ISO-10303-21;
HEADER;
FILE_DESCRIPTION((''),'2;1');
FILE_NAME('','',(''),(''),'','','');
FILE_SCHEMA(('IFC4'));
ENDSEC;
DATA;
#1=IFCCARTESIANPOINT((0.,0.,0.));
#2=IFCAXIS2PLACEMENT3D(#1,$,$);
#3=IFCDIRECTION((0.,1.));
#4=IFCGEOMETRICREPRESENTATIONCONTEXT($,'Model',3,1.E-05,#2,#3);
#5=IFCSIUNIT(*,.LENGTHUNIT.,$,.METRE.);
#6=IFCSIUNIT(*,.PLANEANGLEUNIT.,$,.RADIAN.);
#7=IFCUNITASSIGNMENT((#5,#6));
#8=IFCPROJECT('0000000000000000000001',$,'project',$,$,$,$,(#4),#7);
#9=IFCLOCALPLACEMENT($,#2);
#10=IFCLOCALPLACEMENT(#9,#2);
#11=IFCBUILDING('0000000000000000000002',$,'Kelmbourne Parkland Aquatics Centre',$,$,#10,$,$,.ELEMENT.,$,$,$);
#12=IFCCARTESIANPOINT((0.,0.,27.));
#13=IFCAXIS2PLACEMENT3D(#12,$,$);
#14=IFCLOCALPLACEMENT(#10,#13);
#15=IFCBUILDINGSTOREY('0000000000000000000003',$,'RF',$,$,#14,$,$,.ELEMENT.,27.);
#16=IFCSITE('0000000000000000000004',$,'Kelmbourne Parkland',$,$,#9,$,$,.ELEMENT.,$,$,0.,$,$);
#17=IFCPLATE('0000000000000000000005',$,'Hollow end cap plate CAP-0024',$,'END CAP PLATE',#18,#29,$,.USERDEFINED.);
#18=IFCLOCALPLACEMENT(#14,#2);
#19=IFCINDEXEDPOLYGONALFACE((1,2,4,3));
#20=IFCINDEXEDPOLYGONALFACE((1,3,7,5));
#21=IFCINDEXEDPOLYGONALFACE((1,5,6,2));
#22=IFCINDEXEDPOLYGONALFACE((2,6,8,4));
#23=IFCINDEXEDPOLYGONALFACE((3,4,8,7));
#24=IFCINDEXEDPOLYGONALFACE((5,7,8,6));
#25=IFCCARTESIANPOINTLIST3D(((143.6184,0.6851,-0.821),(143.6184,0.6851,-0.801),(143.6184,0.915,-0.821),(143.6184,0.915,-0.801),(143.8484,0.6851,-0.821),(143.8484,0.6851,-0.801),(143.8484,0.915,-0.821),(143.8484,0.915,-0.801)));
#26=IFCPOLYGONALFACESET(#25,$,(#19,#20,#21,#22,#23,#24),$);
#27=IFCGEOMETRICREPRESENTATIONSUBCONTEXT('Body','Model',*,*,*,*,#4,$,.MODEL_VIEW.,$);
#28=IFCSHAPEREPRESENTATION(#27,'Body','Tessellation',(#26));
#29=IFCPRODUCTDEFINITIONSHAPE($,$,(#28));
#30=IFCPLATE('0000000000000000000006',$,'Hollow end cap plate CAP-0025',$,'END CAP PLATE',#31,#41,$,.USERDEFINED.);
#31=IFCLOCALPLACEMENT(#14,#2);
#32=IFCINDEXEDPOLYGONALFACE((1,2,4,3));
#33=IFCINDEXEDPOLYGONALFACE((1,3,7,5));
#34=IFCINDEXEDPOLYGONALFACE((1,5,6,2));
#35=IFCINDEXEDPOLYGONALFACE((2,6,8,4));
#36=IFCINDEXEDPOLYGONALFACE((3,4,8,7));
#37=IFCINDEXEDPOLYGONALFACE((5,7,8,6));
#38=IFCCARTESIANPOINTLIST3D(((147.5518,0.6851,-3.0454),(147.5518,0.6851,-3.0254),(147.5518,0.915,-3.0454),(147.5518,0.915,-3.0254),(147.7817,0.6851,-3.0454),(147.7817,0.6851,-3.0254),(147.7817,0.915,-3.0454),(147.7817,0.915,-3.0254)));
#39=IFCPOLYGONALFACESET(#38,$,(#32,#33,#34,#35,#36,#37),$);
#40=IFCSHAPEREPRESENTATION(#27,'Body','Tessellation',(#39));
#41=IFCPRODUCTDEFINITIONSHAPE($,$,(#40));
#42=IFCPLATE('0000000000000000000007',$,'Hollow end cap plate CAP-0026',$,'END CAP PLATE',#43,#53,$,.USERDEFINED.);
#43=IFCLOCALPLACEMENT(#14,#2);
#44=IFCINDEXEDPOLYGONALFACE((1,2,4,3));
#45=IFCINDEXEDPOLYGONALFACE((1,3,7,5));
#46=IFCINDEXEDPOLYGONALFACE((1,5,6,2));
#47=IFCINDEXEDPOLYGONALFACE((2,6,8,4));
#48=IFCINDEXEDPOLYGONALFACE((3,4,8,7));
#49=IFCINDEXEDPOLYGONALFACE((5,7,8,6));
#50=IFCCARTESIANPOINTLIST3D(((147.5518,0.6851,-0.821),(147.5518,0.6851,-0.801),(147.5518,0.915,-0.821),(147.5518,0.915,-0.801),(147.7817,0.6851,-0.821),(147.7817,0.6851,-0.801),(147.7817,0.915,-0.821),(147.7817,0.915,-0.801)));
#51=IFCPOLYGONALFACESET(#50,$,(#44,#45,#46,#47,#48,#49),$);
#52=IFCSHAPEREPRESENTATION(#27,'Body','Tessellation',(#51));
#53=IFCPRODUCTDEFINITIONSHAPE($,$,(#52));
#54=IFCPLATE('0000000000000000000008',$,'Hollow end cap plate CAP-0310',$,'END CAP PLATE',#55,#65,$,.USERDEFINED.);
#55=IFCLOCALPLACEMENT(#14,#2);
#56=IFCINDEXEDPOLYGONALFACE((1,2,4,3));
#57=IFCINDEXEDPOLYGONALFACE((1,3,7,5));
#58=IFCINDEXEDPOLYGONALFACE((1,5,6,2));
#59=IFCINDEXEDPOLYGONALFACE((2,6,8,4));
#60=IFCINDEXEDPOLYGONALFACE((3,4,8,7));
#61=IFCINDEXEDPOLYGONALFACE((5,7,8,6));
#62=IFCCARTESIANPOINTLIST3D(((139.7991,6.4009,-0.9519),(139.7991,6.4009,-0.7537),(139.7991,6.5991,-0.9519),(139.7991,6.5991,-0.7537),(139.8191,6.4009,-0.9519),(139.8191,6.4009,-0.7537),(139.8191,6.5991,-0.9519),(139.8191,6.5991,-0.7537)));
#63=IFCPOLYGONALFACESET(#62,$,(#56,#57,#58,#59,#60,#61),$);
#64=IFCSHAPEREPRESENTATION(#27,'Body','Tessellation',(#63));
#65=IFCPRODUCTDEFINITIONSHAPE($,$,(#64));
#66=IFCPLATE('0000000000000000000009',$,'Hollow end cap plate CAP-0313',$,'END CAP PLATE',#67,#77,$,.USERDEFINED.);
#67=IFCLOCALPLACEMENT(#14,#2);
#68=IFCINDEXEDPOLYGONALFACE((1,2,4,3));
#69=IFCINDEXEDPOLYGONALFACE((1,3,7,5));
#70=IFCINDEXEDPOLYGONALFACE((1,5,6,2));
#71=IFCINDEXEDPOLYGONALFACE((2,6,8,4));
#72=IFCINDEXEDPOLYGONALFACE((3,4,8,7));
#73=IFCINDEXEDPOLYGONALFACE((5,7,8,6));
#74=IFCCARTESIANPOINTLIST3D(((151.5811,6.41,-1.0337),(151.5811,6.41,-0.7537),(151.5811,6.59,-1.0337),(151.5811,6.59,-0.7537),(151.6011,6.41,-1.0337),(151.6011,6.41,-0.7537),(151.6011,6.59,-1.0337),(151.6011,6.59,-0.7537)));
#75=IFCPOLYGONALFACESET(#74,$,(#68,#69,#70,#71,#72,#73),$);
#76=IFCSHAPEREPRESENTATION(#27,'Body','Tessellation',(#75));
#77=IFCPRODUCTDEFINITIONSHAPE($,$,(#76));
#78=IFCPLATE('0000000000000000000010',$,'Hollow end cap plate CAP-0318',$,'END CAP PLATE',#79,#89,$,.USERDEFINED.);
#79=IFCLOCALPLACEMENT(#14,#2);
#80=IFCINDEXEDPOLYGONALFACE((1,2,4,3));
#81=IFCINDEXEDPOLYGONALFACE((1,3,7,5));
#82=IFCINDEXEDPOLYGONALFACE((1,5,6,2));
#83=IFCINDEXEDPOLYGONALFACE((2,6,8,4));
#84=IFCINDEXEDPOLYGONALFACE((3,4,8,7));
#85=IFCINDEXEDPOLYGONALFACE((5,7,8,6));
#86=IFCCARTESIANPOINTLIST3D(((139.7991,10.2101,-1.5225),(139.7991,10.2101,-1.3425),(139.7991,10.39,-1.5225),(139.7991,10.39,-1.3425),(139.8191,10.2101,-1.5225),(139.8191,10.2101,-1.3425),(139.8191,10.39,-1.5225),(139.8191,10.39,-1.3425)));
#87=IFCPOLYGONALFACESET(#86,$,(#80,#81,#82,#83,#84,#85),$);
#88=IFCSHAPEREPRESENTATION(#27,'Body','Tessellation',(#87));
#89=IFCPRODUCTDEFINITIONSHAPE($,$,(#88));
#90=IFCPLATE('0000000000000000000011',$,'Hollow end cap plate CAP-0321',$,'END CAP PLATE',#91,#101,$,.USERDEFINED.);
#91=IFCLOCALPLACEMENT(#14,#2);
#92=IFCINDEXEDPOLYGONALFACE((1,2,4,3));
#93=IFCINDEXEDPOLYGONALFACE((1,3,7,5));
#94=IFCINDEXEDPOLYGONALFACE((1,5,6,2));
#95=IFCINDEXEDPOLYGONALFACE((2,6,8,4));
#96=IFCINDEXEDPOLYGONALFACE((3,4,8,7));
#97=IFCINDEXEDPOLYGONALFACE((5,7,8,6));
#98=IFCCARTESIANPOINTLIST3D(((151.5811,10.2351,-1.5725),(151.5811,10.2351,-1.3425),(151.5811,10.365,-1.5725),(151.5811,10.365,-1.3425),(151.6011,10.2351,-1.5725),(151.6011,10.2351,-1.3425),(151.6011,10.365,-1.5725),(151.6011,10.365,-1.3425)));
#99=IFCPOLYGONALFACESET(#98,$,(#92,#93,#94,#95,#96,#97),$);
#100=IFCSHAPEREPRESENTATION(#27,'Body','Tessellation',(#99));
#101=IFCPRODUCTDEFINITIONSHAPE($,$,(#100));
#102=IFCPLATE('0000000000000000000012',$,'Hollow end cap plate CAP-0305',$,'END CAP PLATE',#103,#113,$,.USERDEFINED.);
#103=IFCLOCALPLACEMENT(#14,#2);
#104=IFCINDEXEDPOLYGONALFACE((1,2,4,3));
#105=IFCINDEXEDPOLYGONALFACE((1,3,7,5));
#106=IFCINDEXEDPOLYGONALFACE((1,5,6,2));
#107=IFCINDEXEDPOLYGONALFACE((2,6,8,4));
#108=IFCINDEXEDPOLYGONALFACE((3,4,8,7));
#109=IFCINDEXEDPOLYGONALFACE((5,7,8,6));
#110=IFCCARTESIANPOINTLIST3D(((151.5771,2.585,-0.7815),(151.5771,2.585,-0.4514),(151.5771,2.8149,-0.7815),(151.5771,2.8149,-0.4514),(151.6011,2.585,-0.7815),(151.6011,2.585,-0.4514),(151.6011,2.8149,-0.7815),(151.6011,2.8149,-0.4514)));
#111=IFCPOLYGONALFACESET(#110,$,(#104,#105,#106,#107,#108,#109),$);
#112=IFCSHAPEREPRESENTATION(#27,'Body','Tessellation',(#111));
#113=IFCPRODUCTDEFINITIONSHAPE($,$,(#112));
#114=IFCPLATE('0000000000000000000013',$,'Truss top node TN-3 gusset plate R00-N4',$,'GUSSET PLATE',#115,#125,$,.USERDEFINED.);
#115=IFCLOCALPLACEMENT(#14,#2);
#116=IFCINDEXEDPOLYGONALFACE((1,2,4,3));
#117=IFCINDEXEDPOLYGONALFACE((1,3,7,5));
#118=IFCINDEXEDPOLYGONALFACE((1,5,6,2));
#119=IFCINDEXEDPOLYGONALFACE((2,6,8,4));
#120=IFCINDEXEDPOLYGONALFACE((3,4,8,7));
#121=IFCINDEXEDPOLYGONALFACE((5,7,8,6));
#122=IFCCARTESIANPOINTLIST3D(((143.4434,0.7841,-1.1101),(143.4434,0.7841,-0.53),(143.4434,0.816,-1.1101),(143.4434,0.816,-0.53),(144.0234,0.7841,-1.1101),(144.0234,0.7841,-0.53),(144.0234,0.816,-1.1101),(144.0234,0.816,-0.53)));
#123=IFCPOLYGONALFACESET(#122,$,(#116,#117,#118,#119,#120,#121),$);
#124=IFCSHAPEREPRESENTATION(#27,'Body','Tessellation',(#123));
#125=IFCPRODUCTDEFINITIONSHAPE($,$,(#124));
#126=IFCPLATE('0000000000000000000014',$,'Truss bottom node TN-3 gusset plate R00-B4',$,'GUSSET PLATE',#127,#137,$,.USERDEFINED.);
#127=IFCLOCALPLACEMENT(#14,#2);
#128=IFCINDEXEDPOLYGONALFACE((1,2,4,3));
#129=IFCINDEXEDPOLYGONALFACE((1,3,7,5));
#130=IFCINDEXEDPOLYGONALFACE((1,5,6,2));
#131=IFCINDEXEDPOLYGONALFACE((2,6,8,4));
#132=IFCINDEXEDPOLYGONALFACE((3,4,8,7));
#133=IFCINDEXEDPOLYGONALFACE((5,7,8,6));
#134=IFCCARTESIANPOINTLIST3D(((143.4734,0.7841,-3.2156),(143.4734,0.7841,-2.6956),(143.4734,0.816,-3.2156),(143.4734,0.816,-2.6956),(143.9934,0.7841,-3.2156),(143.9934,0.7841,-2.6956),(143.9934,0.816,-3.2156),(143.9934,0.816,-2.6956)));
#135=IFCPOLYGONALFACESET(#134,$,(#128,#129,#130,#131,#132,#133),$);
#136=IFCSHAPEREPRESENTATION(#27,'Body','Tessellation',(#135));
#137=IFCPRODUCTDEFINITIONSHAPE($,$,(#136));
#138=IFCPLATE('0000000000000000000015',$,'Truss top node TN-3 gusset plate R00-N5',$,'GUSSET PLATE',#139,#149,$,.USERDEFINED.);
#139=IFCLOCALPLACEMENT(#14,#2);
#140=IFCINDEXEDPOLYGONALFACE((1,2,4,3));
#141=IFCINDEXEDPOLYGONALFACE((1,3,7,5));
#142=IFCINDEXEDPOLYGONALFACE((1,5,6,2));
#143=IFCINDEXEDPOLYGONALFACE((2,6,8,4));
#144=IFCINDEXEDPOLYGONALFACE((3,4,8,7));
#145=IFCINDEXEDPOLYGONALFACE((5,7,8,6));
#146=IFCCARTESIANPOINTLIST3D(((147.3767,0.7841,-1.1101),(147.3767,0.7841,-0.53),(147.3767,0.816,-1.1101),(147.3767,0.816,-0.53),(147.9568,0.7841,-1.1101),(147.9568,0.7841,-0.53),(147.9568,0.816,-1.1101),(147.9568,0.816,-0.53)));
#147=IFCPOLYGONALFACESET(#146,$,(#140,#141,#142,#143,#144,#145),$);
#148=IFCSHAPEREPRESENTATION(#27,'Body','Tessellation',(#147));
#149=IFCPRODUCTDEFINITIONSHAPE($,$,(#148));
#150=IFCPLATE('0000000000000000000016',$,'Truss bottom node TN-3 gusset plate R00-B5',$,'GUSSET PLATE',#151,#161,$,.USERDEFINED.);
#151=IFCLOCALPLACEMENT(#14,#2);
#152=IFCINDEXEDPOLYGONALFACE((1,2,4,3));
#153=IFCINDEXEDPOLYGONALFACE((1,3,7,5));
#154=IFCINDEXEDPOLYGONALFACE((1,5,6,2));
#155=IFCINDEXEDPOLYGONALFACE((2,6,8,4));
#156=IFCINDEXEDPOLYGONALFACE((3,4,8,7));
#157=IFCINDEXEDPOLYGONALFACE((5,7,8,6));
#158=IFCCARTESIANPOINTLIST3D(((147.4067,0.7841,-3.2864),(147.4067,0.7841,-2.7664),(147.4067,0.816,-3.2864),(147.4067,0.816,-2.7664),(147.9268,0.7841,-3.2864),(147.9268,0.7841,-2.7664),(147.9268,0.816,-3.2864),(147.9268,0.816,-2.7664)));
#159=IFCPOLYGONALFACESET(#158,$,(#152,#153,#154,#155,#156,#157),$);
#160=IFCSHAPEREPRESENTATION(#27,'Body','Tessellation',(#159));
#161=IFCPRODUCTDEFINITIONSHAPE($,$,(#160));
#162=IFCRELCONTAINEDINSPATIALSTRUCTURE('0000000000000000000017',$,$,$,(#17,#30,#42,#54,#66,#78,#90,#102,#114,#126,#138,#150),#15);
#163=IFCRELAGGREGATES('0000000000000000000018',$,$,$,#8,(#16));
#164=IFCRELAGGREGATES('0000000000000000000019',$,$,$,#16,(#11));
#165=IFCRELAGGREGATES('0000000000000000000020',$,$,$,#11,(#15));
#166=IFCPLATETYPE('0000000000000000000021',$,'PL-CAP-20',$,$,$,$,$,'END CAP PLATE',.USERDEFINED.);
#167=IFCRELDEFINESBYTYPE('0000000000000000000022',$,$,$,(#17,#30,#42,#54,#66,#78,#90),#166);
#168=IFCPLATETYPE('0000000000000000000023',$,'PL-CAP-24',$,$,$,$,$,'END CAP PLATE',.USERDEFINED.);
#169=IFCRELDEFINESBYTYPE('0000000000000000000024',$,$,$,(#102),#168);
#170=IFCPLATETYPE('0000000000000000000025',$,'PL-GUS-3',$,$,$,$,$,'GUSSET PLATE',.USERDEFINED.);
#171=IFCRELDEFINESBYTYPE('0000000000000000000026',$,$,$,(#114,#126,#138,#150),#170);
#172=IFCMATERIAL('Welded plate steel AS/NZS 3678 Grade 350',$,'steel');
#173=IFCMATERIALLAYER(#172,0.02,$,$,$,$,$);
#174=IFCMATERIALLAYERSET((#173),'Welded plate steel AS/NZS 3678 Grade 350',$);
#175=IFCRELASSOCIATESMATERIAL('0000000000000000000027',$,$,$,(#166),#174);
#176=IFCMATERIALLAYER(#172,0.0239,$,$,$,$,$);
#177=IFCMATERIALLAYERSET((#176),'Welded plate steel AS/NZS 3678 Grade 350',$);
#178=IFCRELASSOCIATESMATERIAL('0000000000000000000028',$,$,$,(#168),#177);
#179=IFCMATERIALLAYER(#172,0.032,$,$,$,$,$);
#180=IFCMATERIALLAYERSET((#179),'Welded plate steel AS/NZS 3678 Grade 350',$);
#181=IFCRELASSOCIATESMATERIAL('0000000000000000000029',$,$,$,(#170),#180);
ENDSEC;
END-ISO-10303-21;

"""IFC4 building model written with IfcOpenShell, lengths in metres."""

from ifc_helpers import new_model, si_unit, direction, frame, origin, origin_2d, place, context, subcontext, project, spatial, rectangle, extrude, material, layer, layer_set, type_object, element, save


model = new_model("IFC4")

# Units and contexts
model_context = context("Model", 3, precision=1e-05, world=origin(), true_north=direction((0.0, 1.0)))
body_context = subcontext(model_context, "Body", "Model", "MODEL_VIEW")
ifc_project = project(units=[si_unit("LENGTHUNIT", "METRE"), si_unit("PLANEANGLEUNIT", "RADIAN")], contexts=[model_context])

# Site, building, storey
site_placement = place(None, origin())
site = spatial("IfcSite", under=ifc_project, at=site_placement, Name="Kelmbourne Parkland", CompositionType="ELEMENT", RefElevation=0.0)
building_placement = place(site_placement, origin())
building = spatial("IfcBuilding", under=site, at=building_placement, Name="Kelmbourne Parkland Aquatics Centre", CompositionType="ELEMENT")
storey_placement = place(building_placement, frame((0.0, 0.0, 27.0)))
storey = spatial("IfcBuildingStorey", under=building, at=storey_placement, Name="RF", CompositionType="ELEMENT", Elevation=27.0)

# Shared definitions
ifc_material_1 = material(Name="Welded plate steel AS/NZS 3678 Grade 350", Category="steel")

# Plates
ifc_layer_1 = layer(ifc_material_1, 0.02)
ifc_layer_set_1 = layer_set([ifc_layer_1], Name="Welded plate steel AS/NZS 3678 Grade 350")
plate_type_1 = type_object("IfcPlateType", Name="PL-CAP-20", ElementType="END CAP PLATE", PredefinedType="USERDEFINED", material=ifc_layer_set_1)
for number, where, z_axis, x_axis, name in (
    (1, (143.7334, 0.8, -0.821), (0.0, 0.0, 1.0), (1.0, 0.0, 0.0), "Hollow end cap plate CAP-0024"),
    (2, (147.6667, 0.8, -3.0454), (0.0, 0.0, 1.0), (1.0, 0.0, 0.0), "Hollow end cap plate CAP-0025"),
    (3, (147.6667, 0.8, -0.821), (0.0, 0.0, 1.0), (1.0, 0.0, 0.0), "Hollow end cap plate CAP-0026"),
):
    element("IfcPlate", number, at=place(storey_placement, frame(where, z_axis=z_axis, x_axis=x_axis)), inside=storey, type_object=plate_type_1, Name=name, ObjectType="END CAP PLATE", PredefinedType="USERDEFINED", context=body_context, shape_type="SweptSolid", body=[
        extrude(rectangle(XDim=0.23, YDim=0.23, at=origin_2d()), origin(), (0.0, 0.0, 1.0), 0.02),
    ])
plate_1_placement = place(storey_placement, frame((139.8091, 6.5, -0.9519), z_axis=(0.0, 0.0, 1.0), x_axis=(1.0, 0.0, 0.0)))
element("IfcPlate", 4, at=plate_1_placement, inside=storey, type_object=plate_type_1, Name="Hollow end cap plate CAP-0310", ObjectType="END CAP PLATE", PredefinedType="USERDEFINED", context=body_context, shape_type="SweptSolid", body=[
    extrude(rectangle(XDim=0.02, YDim=0.1982, at=origin_2d()), origin(), (0.0, 0.0, 1.0), 0.1982),
])
plate_2_placement = place(storey_placement, frame((151.5911, 6.5, -1.0337), z_axis=(0.0, 0.0, 1.0), x_axis=(-1.0, 0.0, 0.0)))
element("IfcPlate", 5, at=plate_2_placement, inside=storey, type_object=plate_type_1, Name="Hollow end cap plate CAP-0313", ObjectType="END CAP PLATE", PredefinedType="USERDEFINED", context=body_context, shape_type="SweptSolid", body=[
    extrude(rectangle(XDim=0.02, YDim=0.1799, at=origin_2d()), origin(), (0.0, 0.0, 1.0), 0.28),
])
plate_3_placement = place(storey_placement, frame((139.8091, 10.3, -1.5225), z_axis=(0.0, 0.0, 1.0), x_axis=(1.0, 0.0, 0.0)))
element("IfcPlate", 6, at=plate_3_placement, inside=storey, type_object=plate_type_1, Name="Hollow end cap plate CAP-0318", ObjectType="END CAP PLATE", PredefinedType="USERDEFINED", context=body_context, shape_type="SweptSolid", body=[
    extrude(rectangle(XDim=0.02, YDim=0.1799, at=origin_2d()), origin(), (0.0, 0.0, 1.0), 0.1799),
])
plate_4_placement = place(storey_placement, frame((151.5911, 10.3, -1.5725), z_axis=(0.0, 0.0, 1.0), x_axis=(-1.0, 0.0, 0.0)))
element("IfcPlate", 7, at=plate_4_placement, inside=storey, type_object=plate_type_1, Name="Hollow end cap plate CAP-0321", ObjectType="END CAP PLATE", PredefinedType="USERDEFINED", context=body_context, shape_type="SweptSolid", body=[
    extrude(rectangle(XDim=0.02, YDim=0.1299, at=origin_2d()), origin(), (0.0, 0.0, 1.0), 0.23),
])
ifc_layer_2 = layer(ifc_material_1, 0.0239)
ifc_layer_set_2 = layer_set([ifc_layer_2], Name="Welded plate steel AS/NZS 3678 Grade 350")
plate_type_2 = type_object("IfcPlateType", Name="PL-CAP-24", ElementType="END CAP PLATE", PredefinedType="USERDEFINED", material=ifc_layer_set_2)
plate_5_placement = place(storey_placement, frame((151.5891, 2.7, -0.7815), z_axis=(0.0, 0.0, 1.0), x_axis=(-1.0, 0.0, 0.0)))
element("IfcPlate", 8, at=plate_5_placement, inside=storey, type_object=plate_type_2, Name="Hollow end cap plate CAP-0305", ObjectType="END CAP PLATE", PredefinedType="USERDEFINED", context=body_context, shape_type="SweptSolid", body=[
    extrude(rectangle(XDim=0.0239, YDim=0.23, at=origin_2d()), origin(), (0.0, 0.0, 1.0), 0.3301),
])
ifc_layer_3 = layer(ifc_material_1, 0.032)
ifc_layer_set_3 = layer_set([ifc_layer_3], Name="Welded plate steel AS/NZS 3678 Grade 350")
plate_type_3 = type_object("IfcPlateType", Name="PL-GUS-3", ElementType="GUSSET PLATE", PredefinedType="USERDEFINED", material=ifc_layer_set_3)
plate_6_placement = place(storey_placement, frame((143.7334, 0.8, -1.1101), z_axis=(0.0, 0.0, 1.0), x_axis=(1.0, 0.0, 0.0)))
element("IfcPlate", 9, at=plate_6_placement, inside=storey, type_object=plate_type_3, Name="Truss top node TN-3 gusset plate R00-N4", ObjectType="GUSSET PLATE", PredefinedType="USERDEFINED", context=body_context, shape_type="SweptSolid", body=[
    extrude(rectangle(XDim=0.5801, YDim=0.032, at=origin_2d()), origin(), (0.0, 0.0, 1.0), 0.5801),
])
plate_7_placement = place(storey_placement, frame((143.7334, 0.8, -3.2156), z_axis=(0.0, 0.0, 1.0), x_axis=(1.0, 0.0, 0.0)))
element("IfcPlate", 10, at=plate_7_placement, inside=storey, type_object=plate_type_3, Name="Truss bottom node TN-3 gusset plate R00-B4", ObjectType="GUSSET PLATE", PredefinedType="USERDEFINED", context=body_context, shape_type="SweptSolid", body=[
    extrude(rectangle(XDim=0.52, YDim=0.032, at=origin_2d()), origin(), (0.0, 0.0, 1.0), 0.52),
])
plate_8_placement = place(storey_placement, frame((147.6667, 0.8, -1.1101), z_axis=(0.0, 0.0, 1.0), x_axis=(1.0, 0.0, 0.0)))
element("IfcPlate", 11, at=plate_8_placement, inside=storey, type_object=plate_type_3, Name="Truss top node TN-3 gusset plate R00-N5", ObjectType="GUSSET PLATE", PredefinedType="USERDEFINED", context=body_context, shape_type="SweptSolid", body=[
    extrude(rectangle(XDim=0.5801, YDim=0.032, at=origin_2d()), origin(), (0.0, 0.0, 1.0), 0.5801),
])
plate_9_placement = place(storey_placement, frame((147.6667, 0.8, -3.2864), z_axis=(0.0, 0.0, 1.0), x_axis=(1.0, 0.0, 0.0)))
element("IfcPlate", 12, at=plate_9_placement, inside=storey, type_object=plate_type_3, Name="Truss bottom node TN-3 gusset plate R00-B5", ObjectType="GUSSET PLATE", PredefinedType="USERDEFINED", context=body_context, shape_type="SweptSolid", body=[
    extrude(rectangle(XDim=0.52, YDim=0.032, at=origin_2d()), origin(), (0.0, 0.0, 1.0), 0.52),
])

save(model, "model.ifc")
